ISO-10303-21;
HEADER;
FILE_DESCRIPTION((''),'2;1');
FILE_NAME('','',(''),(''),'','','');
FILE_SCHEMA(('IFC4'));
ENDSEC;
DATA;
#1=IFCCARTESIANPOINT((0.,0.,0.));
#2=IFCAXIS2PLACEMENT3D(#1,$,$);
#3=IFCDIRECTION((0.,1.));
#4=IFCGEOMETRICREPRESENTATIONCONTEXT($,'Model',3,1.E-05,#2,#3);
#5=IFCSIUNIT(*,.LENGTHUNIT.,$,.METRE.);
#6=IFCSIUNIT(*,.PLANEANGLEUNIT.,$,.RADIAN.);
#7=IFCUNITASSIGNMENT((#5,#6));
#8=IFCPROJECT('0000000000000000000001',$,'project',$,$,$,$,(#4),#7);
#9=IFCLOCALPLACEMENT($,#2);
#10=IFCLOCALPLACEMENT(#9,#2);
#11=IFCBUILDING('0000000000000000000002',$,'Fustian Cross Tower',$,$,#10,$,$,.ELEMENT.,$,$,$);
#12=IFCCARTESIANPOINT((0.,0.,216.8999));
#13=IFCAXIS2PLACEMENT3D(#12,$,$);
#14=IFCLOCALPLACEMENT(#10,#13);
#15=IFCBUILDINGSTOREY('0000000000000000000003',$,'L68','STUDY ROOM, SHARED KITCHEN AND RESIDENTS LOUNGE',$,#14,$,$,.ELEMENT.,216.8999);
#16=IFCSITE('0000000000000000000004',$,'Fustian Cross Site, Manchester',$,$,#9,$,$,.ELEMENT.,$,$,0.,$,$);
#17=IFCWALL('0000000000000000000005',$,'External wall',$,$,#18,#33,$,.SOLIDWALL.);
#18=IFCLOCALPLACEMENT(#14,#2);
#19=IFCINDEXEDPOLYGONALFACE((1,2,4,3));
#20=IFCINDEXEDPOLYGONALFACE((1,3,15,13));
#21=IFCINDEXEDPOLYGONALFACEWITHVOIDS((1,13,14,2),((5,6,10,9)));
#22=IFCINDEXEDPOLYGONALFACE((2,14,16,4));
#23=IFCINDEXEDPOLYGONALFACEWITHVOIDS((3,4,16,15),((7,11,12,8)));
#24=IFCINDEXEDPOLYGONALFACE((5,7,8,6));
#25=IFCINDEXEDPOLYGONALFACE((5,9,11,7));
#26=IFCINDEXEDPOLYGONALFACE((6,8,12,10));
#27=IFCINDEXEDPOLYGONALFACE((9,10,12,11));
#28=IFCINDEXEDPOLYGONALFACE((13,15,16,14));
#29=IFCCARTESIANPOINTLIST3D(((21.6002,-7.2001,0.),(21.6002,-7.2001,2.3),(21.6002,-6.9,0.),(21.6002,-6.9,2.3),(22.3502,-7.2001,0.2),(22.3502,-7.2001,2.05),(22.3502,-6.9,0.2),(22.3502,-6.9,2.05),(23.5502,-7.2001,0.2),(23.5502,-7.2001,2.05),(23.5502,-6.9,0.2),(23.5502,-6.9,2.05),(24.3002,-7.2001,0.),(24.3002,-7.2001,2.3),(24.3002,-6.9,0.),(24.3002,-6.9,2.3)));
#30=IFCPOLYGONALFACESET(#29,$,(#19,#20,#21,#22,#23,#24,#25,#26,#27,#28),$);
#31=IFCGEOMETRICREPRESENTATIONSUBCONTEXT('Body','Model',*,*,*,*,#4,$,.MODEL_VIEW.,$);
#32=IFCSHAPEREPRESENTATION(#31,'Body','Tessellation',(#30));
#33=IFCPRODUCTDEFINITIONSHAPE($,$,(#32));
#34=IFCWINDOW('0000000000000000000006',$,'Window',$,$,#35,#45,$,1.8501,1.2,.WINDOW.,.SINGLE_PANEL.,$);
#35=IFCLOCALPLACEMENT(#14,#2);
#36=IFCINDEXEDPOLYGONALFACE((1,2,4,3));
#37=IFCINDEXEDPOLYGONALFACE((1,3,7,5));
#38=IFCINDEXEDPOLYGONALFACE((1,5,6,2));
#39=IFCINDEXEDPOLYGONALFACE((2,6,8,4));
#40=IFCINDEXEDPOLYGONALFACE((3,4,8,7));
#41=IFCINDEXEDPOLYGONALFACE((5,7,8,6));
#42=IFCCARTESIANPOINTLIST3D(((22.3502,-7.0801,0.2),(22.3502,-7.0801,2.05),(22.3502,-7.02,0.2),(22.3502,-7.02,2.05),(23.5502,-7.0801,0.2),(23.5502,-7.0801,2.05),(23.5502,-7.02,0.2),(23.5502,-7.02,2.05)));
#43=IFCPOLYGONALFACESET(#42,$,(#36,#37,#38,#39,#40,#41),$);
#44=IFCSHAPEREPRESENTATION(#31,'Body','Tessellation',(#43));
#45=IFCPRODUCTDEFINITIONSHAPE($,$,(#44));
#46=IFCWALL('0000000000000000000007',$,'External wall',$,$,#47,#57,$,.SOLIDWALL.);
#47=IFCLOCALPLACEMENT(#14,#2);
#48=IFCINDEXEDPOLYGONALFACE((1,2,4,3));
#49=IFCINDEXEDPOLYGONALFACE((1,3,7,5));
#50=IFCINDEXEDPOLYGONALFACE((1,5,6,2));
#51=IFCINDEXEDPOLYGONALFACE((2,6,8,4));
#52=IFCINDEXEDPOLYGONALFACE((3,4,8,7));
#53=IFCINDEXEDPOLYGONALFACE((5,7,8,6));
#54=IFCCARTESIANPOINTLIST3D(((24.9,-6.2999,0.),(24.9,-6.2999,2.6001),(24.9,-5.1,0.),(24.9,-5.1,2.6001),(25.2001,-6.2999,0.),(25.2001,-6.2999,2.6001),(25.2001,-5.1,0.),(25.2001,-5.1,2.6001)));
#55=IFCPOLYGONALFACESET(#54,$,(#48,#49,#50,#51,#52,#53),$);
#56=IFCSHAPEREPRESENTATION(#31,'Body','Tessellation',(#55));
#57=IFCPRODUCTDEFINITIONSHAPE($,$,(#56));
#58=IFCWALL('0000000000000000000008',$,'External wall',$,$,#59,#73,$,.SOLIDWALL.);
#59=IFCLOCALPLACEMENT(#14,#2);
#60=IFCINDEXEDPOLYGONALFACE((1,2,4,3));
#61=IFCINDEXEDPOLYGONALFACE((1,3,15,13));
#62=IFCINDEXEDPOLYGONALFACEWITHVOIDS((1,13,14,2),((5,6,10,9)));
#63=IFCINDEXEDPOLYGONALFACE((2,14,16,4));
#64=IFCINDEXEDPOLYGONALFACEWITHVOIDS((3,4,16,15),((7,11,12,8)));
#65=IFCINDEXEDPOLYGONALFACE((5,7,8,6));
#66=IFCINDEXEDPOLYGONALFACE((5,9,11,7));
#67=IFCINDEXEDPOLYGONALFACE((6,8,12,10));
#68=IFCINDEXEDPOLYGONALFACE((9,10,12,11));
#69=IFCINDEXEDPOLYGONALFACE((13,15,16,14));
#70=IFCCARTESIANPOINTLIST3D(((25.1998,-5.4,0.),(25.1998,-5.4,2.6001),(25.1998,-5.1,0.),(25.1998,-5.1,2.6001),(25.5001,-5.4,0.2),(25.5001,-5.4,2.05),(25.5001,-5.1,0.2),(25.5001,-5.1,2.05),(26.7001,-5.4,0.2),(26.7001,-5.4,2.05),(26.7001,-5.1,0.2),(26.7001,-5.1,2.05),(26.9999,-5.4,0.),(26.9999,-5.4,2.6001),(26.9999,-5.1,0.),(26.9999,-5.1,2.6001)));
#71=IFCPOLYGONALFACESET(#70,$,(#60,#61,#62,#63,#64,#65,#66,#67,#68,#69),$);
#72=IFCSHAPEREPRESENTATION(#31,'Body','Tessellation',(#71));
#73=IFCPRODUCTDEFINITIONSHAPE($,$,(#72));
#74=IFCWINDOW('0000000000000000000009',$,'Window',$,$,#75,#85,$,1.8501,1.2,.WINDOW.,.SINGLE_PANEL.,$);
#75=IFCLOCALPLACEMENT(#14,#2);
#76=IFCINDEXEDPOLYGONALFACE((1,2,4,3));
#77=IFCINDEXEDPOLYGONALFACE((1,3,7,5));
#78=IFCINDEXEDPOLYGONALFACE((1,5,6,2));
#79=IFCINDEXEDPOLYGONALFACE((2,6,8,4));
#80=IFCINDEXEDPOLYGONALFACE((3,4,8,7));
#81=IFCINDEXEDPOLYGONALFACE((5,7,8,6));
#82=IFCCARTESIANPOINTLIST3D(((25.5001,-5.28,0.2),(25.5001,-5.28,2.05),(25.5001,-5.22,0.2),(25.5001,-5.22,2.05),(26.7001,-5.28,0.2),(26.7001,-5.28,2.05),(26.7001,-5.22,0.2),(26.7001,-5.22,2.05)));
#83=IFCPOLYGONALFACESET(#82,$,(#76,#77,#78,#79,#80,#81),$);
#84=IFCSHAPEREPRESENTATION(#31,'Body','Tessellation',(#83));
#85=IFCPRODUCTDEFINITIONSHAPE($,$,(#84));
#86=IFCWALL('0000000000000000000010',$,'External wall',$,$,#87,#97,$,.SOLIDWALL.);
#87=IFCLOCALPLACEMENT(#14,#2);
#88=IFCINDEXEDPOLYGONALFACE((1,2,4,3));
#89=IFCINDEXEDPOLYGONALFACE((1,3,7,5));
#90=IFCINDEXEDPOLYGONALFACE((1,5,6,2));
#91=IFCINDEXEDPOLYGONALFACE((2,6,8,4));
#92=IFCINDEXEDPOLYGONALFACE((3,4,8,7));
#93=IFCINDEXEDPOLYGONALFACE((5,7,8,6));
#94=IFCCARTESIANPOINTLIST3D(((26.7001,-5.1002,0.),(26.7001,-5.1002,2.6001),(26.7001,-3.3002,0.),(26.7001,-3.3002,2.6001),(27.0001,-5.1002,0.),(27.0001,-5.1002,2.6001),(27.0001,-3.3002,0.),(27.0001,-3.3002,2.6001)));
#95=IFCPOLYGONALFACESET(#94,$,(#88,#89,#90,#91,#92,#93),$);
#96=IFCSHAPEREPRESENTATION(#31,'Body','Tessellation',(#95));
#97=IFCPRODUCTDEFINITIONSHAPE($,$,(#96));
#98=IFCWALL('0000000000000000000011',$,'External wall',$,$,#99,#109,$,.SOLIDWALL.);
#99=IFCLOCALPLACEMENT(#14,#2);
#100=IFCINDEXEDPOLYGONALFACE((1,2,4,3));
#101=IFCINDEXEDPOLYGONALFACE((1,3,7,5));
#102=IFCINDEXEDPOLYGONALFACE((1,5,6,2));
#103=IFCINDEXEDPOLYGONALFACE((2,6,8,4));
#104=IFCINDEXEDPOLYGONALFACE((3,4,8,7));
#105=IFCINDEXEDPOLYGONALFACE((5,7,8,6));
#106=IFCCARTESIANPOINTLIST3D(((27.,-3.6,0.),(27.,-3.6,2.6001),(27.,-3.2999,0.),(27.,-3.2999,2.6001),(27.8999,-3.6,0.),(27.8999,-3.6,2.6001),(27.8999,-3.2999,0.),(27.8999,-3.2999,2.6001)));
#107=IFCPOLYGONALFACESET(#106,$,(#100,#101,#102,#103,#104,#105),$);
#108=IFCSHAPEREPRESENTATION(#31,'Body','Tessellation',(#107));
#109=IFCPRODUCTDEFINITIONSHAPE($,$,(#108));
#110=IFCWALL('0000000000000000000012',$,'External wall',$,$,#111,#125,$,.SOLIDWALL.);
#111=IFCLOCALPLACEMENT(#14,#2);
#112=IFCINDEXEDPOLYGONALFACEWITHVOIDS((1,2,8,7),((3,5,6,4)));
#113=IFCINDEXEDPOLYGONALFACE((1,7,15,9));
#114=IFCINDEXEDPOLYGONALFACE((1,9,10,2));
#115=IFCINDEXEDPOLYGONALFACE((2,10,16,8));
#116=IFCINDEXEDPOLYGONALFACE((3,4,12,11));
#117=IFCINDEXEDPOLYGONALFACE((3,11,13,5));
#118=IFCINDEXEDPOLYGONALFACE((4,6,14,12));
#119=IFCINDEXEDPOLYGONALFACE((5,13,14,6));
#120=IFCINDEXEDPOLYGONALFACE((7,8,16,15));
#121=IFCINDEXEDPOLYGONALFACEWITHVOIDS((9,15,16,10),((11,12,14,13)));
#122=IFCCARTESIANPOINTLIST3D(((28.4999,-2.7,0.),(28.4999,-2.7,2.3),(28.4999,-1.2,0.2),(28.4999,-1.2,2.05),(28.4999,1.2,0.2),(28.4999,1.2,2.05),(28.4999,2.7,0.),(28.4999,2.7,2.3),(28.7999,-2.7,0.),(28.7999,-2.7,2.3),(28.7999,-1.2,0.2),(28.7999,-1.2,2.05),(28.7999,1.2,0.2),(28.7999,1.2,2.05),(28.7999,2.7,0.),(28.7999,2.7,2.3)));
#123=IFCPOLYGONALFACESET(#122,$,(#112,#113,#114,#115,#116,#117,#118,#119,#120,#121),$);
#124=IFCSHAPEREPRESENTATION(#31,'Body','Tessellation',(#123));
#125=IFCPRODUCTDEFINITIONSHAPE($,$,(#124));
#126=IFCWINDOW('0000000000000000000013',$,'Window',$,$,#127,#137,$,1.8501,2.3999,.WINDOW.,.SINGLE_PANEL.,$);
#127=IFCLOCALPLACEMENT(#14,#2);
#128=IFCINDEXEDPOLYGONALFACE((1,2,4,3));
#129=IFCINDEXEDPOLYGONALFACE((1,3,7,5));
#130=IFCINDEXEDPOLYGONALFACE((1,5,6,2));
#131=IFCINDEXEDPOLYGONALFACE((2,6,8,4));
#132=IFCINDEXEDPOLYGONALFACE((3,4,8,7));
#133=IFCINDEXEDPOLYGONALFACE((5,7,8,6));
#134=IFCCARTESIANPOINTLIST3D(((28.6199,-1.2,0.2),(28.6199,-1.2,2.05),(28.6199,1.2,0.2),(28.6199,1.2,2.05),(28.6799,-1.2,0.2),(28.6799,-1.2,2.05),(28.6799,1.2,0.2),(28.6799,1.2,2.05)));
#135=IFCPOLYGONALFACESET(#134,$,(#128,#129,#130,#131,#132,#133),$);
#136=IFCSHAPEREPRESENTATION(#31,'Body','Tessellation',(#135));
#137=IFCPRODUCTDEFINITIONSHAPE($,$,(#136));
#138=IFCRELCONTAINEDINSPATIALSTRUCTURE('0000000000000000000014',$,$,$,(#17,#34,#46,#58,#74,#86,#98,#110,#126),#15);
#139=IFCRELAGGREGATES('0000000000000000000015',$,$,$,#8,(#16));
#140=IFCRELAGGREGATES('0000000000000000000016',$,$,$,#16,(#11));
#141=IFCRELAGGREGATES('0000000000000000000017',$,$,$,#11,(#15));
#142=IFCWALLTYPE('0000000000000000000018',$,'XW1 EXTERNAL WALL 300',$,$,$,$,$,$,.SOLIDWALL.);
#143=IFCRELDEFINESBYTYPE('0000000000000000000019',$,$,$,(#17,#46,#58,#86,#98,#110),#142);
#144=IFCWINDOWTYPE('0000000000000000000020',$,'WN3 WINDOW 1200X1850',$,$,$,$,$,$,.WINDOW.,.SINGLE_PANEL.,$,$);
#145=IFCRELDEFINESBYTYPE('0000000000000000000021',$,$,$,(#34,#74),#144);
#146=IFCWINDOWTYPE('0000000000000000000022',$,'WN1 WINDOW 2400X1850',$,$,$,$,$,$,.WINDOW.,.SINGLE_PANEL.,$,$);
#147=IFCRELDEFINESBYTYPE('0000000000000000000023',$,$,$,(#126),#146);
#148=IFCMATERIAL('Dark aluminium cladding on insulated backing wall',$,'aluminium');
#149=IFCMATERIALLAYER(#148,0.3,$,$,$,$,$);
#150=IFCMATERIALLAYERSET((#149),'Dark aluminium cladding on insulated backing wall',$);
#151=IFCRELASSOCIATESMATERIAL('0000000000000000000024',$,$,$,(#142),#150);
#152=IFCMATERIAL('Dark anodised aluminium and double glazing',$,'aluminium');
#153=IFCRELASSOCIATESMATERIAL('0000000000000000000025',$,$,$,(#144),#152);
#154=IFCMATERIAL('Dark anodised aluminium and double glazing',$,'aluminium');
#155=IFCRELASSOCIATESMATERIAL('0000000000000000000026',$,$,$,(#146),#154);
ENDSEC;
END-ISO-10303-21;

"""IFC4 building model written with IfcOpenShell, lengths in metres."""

from ifc_helpers import new_model, si_unit, direction, frame, frame_2d, origin, place, context, subcontext, project, spatial, rectangle, extrude, material, layer, layer_set, type_object, element, fill, save


model = new_model("IFC4")

# Units and contexts
model_context = context("Model", 3, precision=1e-05, world=origin(), true_north=direction((0.0, 1.0)))
body_context = subcontext(model_context, "Body", "Model", "MODEL_VIEW")
ifc_project = project(units=[si_unit("LENGTHUNIT", "METRE"), si_unit("PLANEANGLEUNIT", "RADIAN")], contexts=[model_context])

# Site, building, storey
site_placement = place(None, origin())
site = spatial("IfcSite", under=ifc_project, at=site_placement, Name="Fustian Cross Site, Manchester", CompositionType="ELEMENT", RefElevation=0.0)
building_placement = place(site_placement, origin())
building = spatial("IfcBuilding", under=site, at=building_placement, Name="Fustian Cross Tower", CompositionType="ELEMENT")
storey_placement = place(building_placement, frame((0.0, 0.0, 216.8999)))
storey = spatial("IfcBuildingStorey", under=building, at=storey_placement, Name="L68", Description="STUDY ROOM, SHARED KITCHEN AND RESIDENTS LOUNGE", CompositionType="ELEMENT", Elevation=216.8999)

# Wall, opening, window
ifc_material_1 = material(Name="Dark aluminium cladding on insulated backing wall", Category="aluminium")
ifc_layer_1 = layer(ifc_material_1, 0.3)
ifc_layer_set_1 = layer_set([ifc_layer_1], Name="Dark aluminium cladding on insulated backing wall")
wall_type_1 = type_object("IfcWallType", Name="XW1 EXTERNAL WALL 300", PredefinedType="SOLIDWALL", material=ifc_layer_set_1)
wall_1_placement = place(storey_placement, frame((21.6001, -7.05, 0.0), z_axis=(0.0, 0.0, 1.0), x_axis=(1.0, 0.0, 0.0)))
wall_1 = element("IfcWall", 1, at=wall_1_placement, inside=storey, type_object=wall_type_1, Name="External wall", PredefinedType="SOLIDWALL", context=body_context, shape_type="SweptSolid", body=[
    extrude(rectangle(XDim=2.7, YDim=0.3, at=frame_2d((1.3501, 0.0))), origin(), (0.0, 0.0, 1.0), 2.3),
])
opening_1_placement = place(wall_1_placement, frame((0.75, 0.0, 0.2)))
opening_1 = element("IfcOpeningElement", 2, at=opening_1_placement, cuts=wall_1, PredefinedType="OPENING", context=body_context, shape_type="SweptSolid", body=[
    extrude(rectangle(XDim=1.2, YDim=1.8501, at=frame_2d((0.6001, 0.925))), frame((0.0, 0.1599, 0.0), z_axis=(0.0, -1.0, 0.0), x_axis=(1.0, 0.0, 0.0)), (0.0, 0.0, 1.0), 0.3201),
])
ifc_material_2 = material(Name="Dark anodised aluminium and double glazing", Category="aluminium")
window_type_1 = type_object("IfcWindowType", Name="WN3 WINDOW 1200X1850", PartitioningType="SINGLE_PANEL", PredefinedType="WINDOW", material=ifc_material_2)
window_1_placement = place(opening_1_placement, origin())
window_1 = element("IfcWindow", 3, at=window_1_placement, inside=storey, type_object=window_type_1, Name="Window", OverallHeight=1.8501, OverallWidth=1.2, PartitioningType="SINGLE_PANEL", PredefinedType="WINDOW", context=body_context, shape_type="SweptSolid", body=[
    extrude(rectangle(XDim=1.2, YDim=1.8501, at=frame_2d((0.6001, 0.925))), frame((0.0, 0.03, 0.0), z_axis=(0.0, -1.0, 0.0), x_axis=(1.0, 0.0, 0.0)), (0.0, 0.0, 1.0), 0.0601),
])
fill(opening_1, window_1)

# Wall
wall_2_placement = place(storey_placement, frame((25.05, -6.3, 0.0), z_axis=(0.0, 0.0, 1.0), x_axis=(0.0, 1.0, 0.0)))
element("IfcWall", 4, at=wall_2_placement, inside=storey, type_object=wall_type_1, Name="External wall", PredefinedType="SOLIDWALL", context=body_context, shape_type="SweptSolid", body=[
    extrude(rectangle(XDim=1.2, YDim=0.3, at=frame_2d((0.6001, 0.0))), origin(), (0.0, 0.0, 1.0), 2.6001),
])

# Wall, opening, window
wall_3_placement = place(storey_placement, frame((25.2, -5.25, 0.0), z_axis=(0.0, 0.0, 1.0), x_axis=(1.0, 0.0, 0.0)))
wall_3 = element("IfcWall", 5, at=wall_3_placement, inside=storey, type_object=wall_type_1, Name="External wall", PredefinedType="SOLIDWALL", context=body_context, shape_type="SweptSolid", body=[
    extrude(rectangle(XDim=1.8, YDim=0.3, at=frame_2d((0.8999, 0.0))), origin(), (0.0, 0.0, 1.0), 2.6001),
])
opening_2_placement = place(wall_3_placement, frame((0.3, 0.0, 0.2)))
opening_2 = element("IfcOpeningElement", 6, at=opening_2_placement, cuts=wall_3, PredefinedType="OPENING", context=body_context, shape_type="SweptSolid", body=[
    extrude(rectangle(XDim=1.2, YDim=1.8501, at=frame_2d((0.6001, 0.925))), frame((0.0, 0.1599, 0.0), z_axis=(0.0, -1.0, 0.0), x_axis=(1.0, 0.0, 0.0)), (0.0, 0.0, 1.0), 0.3201),
])
window_2_placement = place(opening_2_placement, origin())
window_2 = element("IfcWindow", 7, at=window_2_placement, inside=storey, type_object=window_type_1, Name="Window", OverallHeight=1.8501, OverallWidth=1.2, PartitioningType="SINGLE_PANEL", PredefinedType="WINDOW", context=body_context, shape_type="SweptSolid", body=[
    extrude(rectangle(XDim=1.2, YDim=1.8501, at=frame_2d((0.6001, 0.925))), frame((0.0, 0.03, 0.0), z_axis=(0.0, -1.0, 0.0), x_axis=(1.0, 0.0, 0.0)), (0.0, 0.0, 1.0), 0.0601),
])
fill(opening_2, window_2)

# Walls
wall_4_placement = place(storey_placement, frame((26.8501, -5.1001, 0.0), z_axis=(0.0, 0.0, 1.0), x_axis=(0.0, 1.0, 0.0)))
element("IfcWall", 8, at=wall_4_placement, inside=storey, type_object=wall_type_1, Name="External wall", PredefinedType="SOLIDWALL", context=body_context, shape_type="SweptSolid", body=[
    extrude(rectangle(XDim=1.8, YDim=0.3, at=frame_2d((0.8999, 0.0))), origin(), (0.0, 0.0, 1.0), 2.6001),
])
wall_5_placement = place(storey_placement, frame((27.0, -3.45, 0.0), z_axis=(0.0, 0.0, 1.0), x_axis=(1.0, 0.0, 0.0)))
element("IfcWall", 9, at=wall_5_placement, inside=storey, type_object=wall_type_1, Name="External wall", PredefinedType="SOLIDWALL", context=body_context, shape_type="SweptSolid", body=[
    extrude(rectangle(XDim=0.8999, YDim=0.3, at=frame_2d((0.45, 0.0))), origin(), (0.0, 0.0, 1.0), 2.6001),
])

# Wall, opening, window
wall_6_placement = place(storey_placement, frame((28.6499, -2.7, 0.0), z_axis=(0.0, 0.0, 1.0), x_axis=(0.0, 1.0, 0.0)))
wall_6 = element("IfcWall", 10, at=wall_6_placement, inside=storey, type_object=wall_type_1, Name="External wall", PredefinedType="SOLIDWALL", context=body_context, shape_type="SweptSolid", body=[
    extrude(rectangle(XDim=5.3999, YDim=0.3, at=frame_2d((2.7, 0.0))), origin(), (0.0, 0.0, 1.0), 2.3),
])
opening_3_placement = place(wall_6_placement, frame((1.5, 0.0, 0.2)))
opening_3 = element("IfcOpeningElement", 11, at=opening_3_placement, cuts=wall_6, PredefinedType="OPENING", context=body_context, shape_type="SweptSolid", body=[
    extrude(rectangle(XDim=2.3999, YDim=1.8501, at=frame_2d((1.2, 0.925))), frame((0.0, 0.1599, 0.0), z_axis=(0.0, -1.0, 0.0), x_axis=(1.0, 0.0, 0.0)), (0.0, 0.0, 1.0), 0.3201),
])
ifc_material_3 = material(Name="Dark anodised aluminium and double glazing", Category="aluminium")
window_type_2 = type_object("IfcWindowType", Name="WN1 WINDOW 2400X1850", PartitioningType="SINGLE_PANEL", PredefinedType="WINDOW", material=ifc_material_3)
window_3_placement = place(opening_3_placement, origin())
window_3 = element("IfcWindow", 12, at=window_3_placement, inside=storey, type_object=window_type_2, Name="Window", OverallHeight=1.8501, OverallWidth=2.3999, PartitioningType="SINGLE_PANEL", PredefinedType="WINDOW", context=body_context, shape_type="SweptSolid", body=[
    extrude(rectangle(XDim=2.3999, YDim=1.8501, at=frame_2d((1.2, 0.925))), frame((0.0, 0.03, 0.0), z_axis=(0.0, -1.0, 0.0), x_axis=(1.0, 0.0, 0.0)), (0.0, 0.0, 1.0), 0.0601),
])
fill(opening_3, window_3)

save(model, "model.ifc")
